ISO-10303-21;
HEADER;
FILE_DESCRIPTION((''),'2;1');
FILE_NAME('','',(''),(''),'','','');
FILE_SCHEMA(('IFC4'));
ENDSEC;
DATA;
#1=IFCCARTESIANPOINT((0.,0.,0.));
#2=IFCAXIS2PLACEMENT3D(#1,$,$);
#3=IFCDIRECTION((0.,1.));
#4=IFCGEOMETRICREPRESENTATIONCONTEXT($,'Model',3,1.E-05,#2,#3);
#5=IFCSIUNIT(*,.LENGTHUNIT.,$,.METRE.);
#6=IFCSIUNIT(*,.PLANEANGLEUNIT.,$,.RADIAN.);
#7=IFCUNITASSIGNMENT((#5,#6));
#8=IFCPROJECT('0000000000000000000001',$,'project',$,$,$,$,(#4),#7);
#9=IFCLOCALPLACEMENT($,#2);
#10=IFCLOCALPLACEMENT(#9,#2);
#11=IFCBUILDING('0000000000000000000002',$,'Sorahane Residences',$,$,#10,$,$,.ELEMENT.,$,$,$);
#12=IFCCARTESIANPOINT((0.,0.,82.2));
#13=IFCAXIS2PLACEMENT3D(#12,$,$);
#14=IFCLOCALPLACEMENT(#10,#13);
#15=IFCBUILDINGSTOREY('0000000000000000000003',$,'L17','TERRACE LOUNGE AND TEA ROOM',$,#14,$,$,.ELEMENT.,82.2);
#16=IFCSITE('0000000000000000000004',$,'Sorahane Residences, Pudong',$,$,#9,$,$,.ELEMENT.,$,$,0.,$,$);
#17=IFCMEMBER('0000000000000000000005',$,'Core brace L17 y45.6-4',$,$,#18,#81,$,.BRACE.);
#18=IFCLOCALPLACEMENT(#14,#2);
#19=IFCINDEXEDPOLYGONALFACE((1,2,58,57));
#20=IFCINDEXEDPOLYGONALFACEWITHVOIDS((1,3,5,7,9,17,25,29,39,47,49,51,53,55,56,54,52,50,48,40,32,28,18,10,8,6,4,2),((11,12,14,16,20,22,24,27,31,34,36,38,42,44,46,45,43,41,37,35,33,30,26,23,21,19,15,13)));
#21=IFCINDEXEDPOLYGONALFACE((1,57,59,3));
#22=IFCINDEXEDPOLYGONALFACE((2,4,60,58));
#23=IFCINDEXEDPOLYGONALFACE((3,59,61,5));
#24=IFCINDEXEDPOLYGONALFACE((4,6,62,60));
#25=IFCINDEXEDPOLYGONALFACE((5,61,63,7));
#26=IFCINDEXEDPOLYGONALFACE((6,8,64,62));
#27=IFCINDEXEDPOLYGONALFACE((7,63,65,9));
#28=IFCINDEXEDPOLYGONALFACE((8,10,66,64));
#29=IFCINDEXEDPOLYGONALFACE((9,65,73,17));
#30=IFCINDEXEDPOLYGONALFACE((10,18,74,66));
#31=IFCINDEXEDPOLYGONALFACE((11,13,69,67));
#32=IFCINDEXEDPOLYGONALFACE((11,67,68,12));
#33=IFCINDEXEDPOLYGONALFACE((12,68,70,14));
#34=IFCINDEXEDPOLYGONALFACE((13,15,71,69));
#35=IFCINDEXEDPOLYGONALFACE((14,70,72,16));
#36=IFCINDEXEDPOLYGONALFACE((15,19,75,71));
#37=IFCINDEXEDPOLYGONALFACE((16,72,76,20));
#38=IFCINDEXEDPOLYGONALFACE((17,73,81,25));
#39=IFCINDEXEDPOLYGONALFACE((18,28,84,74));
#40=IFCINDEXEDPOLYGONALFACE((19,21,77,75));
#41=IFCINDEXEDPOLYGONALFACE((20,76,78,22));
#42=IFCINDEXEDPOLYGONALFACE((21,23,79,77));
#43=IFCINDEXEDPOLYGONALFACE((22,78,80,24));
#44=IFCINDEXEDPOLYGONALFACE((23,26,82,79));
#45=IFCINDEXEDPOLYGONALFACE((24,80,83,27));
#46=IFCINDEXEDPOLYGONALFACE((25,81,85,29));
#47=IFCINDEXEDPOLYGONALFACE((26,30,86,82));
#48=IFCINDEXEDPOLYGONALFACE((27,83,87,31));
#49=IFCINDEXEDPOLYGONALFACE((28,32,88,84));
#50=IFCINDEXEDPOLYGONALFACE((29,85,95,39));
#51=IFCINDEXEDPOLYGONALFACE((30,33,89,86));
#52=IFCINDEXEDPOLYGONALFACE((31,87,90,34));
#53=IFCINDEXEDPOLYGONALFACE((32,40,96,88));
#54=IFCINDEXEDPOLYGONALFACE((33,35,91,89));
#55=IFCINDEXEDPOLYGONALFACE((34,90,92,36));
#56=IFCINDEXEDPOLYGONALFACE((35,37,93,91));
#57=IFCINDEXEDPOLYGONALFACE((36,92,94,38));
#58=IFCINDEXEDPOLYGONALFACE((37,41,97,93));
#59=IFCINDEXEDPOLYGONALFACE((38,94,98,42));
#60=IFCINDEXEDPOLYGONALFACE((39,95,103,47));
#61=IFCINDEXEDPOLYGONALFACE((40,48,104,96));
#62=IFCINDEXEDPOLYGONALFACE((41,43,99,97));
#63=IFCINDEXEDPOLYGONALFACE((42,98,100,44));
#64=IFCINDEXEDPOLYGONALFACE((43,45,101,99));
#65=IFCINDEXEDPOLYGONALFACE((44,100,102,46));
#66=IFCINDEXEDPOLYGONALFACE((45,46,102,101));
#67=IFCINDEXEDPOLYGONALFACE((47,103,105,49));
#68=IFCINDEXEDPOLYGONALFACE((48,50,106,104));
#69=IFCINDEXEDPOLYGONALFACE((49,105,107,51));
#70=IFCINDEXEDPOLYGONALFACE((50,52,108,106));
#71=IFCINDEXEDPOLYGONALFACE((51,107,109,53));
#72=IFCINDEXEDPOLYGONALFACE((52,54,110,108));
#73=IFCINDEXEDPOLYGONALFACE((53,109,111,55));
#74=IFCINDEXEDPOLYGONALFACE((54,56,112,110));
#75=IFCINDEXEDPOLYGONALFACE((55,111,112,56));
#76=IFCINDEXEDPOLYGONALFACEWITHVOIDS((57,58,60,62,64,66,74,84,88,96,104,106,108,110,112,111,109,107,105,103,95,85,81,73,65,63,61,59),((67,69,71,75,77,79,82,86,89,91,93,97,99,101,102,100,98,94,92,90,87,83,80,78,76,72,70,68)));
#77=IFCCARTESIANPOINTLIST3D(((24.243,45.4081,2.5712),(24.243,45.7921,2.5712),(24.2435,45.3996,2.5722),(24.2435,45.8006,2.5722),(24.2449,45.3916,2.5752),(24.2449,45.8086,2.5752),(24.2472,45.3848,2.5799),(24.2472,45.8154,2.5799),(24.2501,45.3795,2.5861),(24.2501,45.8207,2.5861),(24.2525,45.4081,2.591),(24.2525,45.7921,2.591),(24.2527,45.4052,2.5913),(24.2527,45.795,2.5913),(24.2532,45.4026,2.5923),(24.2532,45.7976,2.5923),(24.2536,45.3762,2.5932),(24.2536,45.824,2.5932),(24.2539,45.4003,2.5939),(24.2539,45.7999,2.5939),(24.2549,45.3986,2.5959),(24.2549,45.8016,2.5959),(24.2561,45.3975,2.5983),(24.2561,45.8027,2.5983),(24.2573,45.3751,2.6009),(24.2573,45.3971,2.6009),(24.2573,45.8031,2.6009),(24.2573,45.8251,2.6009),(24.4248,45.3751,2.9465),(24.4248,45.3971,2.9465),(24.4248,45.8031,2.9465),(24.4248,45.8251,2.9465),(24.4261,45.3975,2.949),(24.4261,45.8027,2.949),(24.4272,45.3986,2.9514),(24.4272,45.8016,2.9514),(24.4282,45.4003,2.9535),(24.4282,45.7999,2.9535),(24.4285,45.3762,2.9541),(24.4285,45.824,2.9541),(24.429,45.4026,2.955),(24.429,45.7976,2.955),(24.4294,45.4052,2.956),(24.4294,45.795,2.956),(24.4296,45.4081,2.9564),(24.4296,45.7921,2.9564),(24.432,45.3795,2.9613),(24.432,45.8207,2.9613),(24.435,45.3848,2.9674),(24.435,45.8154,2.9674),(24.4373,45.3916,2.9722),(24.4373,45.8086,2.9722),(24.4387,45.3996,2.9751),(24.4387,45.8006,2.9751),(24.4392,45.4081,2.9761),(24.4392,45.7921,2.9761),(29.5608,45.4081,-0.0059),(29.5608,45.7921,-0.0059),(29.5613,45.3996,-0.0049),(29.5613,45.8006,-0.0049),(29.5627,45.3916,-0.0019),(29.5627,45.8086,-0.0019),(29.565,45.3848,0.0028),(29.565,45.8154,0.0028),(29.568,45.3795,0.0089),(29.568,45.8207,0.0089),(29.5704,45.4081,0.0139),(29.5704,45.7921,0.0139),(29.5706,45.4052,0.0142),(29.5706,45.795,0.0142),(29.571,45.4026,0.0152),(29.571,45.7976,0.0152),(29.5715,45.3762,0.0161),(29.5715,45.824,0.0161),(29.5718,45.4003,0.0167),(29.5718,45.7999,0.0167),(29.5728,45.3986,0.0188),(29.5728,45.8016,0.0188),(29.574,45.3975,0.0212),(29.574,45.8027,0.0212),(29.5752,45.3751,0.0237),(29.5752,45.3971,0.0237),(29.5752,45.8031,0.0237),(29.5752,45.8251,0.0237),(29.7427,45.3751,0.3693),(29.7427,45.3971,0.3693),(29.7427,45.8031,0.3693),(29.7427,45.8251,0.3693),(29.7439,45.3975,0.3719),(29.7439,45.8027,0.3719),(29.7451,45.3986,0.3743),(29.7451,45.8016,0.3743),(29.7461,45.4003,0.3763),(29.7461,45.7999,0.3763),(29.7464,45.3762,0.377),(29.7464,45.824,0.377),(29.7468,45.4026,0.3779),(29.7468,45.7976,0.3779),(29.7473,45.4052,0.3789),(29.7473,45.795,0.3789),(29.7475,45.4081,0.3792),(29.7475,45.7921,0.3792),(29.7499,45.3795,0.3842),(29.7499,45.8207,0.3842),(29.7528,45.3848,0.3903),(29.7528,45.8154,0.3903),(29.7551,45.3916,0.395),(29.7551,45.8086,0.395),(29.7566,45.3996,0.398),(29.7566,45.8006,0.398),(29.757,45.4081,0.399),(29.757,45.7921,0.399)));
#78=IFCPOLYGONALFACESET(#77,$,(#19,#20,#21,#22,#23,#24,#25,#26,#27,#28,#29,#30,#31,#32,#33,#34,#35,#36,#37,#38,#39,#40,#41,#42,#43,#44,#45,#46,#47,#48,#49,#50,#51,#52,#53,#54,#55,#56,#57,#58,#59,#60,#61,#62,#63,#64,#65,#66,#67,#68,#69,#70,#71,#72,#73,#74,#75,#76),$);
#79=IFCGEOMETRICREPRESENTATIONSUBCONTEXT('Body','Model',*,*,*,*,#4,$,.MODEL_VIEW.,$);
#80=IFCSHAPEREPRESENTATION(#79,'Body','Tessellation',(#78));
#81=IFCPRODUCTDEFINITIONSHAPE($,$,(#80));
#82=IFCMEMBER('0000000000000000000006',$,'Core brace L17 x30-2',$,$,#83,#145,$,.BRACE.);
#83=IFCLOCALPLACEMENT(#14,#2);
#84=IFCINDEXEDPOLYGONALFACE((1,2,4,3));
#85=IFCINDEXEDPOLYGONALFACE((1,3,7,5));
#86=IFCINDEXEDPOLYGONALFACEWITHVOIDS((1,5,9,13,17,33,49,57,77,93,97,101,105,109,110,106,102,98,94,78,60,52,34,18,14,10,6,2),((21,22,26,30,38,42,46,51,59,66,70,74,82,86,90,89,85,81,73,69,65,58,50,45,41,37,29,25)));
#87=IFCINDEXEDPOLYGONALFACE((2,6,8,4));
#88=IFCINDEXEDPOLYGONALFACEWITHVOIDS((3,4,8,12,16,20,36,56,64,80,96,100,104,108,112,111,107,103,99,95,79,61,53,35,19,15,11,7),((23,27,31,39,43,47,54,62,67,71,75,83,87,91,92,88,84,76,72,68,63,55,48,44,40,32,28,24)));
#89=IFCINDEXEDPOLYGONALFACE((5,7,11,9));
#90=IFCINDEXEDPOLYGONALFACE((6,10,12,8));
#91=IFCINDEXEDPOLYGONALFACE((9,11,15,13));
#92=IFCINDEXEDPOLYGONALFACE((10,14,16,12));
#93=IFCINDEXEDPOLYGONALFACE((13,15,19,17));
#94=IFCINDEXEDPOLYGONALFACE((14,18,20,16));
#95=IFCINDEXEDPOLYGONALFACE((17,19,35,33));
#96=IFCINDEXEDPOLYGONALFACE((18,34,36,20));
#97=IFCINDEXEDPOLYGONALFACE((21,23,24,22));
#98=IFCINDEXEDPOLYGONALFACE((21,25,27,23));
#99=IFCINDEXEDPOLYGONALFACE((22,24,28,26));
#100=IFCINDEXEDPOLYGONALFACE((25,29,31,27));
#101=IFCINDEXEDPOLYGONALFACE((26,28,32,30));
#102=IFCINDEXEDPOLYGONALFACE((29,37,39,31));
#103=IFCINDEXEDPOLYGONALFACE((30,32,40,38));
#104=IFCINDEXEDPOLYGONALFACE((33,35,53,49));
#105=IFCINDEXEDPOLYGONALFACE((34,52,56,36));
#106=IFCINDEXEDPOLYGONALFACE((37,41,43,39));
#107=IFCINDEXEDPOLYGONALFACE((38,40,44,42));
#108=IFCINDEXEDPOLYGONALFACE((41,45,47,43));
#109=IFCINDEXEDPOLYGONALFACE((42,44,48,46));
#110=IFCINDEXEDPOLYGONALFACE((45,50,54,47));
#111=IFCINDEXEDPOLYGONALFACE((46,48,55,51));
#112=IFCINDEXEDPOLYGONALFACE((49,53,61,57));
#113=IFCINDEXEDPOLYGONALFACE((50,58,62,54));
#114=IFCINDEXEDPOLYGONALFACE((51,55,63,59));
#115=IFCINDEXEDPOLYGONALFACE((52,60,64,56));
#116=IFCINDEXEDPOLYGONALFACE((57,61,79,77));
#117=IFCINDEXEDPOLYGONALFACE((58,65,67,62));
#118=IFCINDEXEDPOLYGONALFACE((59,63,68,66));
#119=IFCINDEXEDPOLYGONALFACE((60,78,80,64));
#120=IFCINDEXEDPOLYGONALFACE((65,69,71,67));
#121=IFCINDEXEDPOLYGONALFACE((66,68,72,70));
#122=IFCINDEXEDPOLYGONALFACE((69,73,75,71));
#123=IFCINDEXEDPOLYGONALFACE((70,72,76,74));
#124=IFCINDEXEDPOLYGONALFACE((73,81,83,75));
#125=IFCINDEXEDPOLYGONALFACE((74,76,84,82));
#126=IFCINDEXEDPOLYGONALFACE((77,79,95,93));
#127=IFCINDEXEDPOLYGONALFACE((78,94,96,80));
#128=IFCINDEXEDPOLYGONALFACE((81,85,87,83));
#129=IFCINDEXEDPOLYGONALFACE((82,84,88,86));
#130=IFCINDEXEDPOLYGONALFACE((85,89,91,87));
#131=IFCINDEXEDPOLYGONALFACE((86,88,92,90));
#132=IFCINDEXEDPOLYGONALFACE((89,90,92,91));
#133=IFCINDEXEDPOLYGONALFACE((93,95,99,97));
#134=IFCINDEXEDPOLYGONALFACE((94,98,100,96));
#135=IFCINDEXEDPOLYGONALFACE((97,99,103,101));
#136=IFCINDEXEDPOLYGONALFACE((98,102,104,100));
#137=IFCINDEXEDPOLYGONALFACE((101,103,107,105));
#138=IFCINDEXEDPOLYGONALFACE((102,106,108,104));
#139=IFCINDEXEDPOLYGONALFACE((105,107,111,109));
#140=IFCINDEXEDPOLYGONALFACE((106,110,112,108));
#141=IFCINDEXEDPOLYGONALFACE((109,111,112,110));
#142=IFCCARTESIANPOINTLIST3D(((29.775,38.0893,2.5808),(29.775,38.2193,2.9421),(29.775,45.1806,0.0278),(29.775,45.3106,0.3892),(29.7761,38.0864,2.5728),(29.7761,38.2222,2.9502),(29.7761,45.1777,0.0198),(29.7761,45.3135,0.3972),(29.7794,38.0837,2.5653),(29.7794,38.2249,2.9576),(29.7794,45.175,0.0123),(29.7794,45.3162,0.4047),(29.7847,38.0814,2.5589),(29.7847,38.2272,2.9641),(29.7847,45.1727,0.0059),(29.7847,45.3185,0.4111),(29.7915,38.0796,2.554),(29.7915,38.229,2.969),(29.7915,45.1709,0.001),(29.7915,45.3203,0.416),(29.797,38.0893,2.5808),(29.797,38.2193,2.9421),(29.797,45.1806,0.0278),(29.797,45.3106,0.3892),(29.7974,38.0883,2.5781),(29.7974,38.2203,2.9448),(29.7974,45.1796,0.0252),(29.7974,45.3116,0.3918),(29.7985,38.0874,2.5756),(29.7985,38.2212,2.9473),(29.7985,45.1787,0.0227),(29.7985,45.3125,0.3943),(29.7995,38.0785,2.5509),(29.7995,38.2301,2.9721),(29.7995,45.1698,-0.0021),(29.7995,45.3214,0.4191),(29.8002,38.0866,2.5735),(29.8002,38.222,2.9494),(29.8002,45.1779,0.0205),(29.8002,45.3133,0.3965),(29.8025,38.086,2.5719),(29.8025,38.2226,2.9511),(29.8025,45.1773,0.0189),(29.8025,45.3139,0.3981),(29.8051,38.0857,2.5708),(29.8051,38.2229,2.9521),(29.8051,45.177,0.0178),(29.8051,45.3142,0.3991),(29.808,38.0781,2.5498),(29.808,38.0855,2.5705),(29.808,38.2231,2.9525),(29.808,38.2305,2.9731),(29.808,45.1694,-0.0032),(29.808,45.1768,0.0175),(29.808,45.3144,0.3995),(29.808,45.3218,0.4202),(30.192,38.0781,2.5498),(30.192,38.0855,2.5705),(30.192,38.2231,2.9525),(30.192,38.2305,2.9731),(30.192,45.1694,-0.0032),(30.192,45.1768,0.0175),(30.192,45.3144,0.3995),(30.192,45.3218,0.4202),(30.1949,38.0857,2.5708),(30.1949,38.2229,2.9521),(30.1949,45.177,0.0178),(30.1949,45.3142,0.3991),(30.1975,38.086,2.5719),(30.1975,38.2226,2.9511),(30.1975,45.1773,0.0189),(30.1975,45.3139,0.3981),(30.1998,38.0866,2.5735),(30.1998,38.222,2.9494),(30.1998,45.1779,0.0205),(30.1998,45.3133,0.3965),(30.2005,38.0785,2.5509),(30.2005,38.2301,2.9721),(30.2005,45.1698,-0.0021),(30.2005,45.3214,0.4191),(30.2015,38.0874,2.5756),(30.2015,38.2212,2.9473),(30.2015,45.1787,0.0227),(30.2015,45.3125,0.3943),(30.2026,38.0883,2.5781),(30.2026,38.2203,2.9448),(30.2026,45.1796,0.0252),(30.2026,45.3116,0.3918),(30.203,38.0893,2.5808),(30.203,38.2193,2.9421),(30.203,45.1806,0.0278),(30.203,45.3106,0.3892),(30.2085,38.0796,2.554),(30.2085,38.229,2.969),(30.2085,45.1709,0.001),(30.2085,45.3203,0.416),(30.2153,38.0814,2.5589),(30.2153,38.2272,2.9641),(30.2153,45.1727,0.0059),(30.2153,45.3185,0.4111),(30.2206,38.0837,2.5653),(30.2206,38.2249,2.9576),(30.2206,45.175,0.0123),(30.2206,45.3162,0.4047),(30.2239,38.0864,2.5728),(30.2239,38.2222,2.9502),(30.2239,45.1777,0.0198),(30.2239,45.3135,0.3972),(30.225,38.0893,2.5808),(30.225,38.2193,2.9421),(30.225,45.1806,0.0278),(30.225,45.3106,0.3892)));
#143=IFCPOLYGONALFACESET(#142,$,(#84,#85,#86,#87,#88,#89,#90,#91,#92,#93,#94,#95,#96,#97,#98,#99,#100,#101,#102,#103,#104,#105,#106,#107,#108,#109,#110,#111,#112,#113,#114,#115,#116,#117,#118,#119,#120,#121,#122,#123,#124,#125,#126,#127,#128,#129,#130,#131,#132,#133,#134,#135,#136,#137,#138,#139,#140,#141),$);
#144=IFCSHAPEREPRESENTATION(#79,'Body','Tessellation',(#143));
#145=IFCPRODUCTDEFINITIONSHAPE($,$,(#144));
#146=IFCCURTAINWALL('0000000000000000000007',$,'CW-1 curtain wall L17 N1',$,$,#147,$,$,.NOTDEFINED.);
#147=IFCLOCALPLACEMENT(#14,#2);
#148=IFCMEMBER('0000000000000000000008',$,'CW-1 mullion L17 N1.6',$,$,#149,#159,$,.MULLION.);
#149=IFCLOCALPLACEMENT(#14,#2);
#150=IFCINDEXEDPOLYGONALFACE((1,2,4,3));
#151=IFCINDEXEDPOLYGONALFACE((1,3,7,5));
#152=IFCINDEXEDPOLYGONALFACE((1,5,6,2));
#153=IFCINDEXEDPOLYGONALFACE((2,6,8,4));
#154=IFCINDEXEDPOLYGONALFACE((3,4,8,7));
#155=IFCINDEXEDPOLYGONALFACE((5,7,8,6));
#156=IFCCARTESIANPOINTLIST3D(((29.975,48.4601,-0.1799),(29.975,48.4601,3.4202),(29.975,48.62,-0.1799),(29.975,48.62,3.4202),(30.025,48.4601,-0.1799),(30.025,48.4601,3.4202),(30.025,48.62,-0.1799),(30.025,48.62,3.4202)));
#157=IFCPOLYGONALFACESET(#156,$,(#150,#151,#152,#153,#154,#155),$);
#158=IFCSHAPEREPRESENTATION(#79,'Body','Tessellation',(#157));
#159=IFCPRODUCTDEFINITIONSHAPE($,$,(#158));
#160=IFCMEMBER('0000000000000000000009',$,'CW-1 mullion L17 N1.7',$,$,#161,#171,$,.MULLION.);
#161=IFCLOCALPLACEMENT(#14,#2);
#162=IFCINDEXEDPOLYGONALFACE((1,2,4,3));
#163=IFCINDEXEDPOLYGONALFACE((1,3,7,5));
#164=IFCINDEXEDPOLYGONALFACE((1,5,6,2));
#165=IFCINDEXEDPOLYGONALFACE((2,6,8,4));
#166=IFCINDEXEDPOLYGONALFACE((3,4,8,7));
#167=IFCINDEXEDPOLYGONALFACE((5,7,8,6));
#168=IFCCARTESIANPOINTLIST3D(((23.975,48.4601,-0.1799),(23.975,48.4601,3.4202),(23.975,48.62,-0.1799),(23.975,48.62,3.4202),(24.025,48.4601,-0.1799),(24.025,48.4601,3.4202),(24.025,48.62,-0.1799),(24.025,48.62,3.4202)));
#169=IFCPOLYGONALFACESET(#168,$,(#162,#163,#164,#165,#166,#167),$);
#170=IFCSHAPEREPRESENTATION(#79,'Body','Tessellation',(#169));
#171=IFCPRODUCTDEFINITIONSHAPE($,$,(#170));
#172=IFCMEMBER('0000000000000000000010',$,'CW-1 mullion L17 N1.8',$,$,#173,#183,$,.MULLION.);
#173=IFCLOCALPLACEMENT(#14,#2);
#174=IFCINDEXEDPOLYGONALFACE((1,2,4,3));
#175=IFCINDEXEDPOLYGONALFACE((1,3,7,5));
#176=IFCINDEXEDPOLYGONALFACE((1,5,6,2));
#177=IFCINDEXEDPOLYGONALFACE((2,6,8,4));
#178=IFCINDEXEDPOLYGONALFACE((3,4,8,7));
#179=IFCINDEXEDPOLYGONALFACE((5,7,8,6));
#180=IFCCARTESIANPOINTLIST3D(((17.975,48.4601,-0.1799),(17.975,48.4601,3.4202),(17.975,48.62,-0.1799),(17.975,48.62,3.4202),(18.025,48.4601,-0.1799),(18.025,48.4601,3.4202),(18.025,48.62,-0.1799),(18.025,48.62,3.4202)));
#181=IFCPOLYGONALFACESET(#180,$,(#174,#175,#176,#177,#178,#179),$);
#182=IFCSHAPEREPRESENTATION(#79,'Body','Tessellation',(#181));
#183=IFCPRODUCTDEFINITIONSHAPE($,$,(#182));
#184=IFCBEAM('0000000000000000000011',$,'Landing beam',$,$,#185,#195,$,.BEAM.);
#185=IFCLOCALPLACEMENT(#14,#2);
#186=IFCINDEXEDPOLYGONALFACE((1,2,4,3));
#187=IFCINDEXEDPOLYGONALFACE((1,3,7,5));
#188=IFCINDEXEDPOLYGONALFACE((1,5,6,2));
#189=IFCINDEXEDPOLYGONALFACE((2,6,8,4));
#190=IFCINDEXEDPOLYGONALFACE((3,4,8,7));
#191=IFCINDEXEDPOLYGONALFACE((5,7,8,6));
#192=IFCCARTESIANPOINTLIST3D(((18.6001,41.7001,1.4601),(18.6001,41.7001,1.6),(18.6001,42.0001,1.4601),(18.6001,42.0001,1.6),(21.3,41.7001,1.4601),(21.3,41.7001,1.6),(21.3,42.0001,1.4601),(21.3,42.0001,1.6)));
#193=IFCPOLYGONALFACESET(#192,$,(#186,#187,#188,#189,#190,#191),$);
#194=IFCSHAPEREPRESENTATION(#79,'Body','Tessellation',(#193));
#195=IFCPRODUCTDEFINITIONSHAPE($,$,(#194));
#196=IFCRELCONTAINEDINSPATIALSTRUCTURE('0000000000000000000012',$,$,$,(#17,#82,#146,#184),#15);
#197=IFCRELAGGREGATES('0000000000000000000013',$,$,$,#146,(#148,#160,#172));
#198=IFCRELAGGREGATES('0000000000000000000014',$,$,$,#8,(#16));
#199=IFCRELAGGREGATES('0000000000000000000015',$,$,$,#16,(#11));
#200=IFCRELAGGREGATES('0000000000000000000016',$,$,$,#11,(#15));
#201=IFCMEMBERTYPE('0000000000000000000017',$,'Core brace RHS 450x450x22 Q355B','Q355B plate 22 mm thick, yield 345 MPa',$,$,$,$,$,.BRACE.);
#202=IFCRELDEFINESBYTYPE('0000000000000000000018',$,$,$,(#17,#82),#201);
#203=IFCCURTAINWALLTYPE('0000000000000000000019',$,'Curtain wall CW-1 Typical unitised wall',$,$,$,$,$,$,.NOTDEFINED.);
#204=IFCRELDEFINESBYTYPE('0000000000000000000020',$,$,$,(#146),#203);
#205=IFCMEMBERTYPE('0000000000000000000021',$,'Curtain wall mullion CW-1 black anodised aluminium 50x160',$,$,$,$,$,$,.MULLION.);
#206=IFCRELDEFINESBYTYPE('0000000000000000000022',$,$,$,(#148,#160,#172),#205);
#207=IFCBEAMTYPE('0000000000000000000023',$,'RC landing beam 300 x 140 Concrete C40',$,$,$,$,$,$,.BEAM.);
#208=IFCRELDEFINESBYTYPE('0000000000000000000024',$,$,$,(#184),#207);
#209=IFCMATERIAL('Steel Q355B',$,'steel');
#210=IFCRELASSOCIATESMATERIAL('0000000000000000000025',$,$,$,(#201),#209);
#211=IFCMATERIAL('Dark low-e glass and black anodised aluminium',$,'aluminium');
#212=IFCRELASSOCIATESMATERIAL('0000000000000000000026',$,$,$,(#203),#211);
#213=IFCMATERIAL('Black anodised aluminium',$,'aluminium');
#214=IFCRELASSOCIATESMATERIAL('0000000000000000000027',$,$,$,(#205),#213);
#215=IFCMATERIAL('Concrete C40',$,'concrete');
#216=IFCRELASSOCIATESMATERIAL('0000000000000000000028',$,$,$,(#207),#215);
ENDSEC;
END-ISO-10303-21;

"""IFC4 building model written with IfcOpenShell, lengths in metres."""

from ifc_helpers import new_model, si_unit, direction, frame, origin, origin_2d, place, context, subcontext, project, spatial, rectangle, hollow_rectangle, extrude, material, material_profile, profile_set, type_object, element, aggregate, save


model = new_model("IFC4")

# Units and contexts
model_context = context("Model", 3, precision=1e-05, world=origin(), true_north=direction((0.0, 1.0)))
body_context = subcontext(model_context, "Body", "Model", "MODEL_VIEW")
ifc_project = project(units=[si_unit("LENGTHUNIT", "METRE"), si_unit("PLANEANGLEUNIT", "RADIAN")], contexts=[model_context])

# Site, building, storey
site_placement = place(None, origin())
site = spatial("IfcSite", under=ifc_project, at=site_placement, Name="Sorahane Residences, Pudong", CompositionType="ELEMENT", RefElevation=0.0)
building_placement = place(site_placement, origin())
building = spatial("IfcBuilding", under=site, at=building_placement, Name="Sorahane Residences", CompositionType="ELEMENT")
storey_placement = place(building_placement, frame((0.0, 0.0, 82.2)))
storey = spatial("IfcBuildingStorey", under=building, at=storey_placement, Name="L17", Description="TERRACE LOUNGE AND TEA ROOM", CompositionType="ELEMENT", Elevation=82.2)

# Members
ifc_material_1 = material(Name="Steel Q355B", Category="steel")
ifc_material_profile_1 = material_profile(ifc_material_1, hollow_rectangle(XDim=0.45, YDim=0.45, WallThickness=0.022, InnerFilletRadius=0.011, OuterFilletRadius=0.033, at=origin_2d()), Name="RHS 450x450x22")
ifc_profile_set_1 = profile_set([ifc_material_profile_1], Name="Steel Q355B")
member_type_1 = type_object("IfcMemberType", Name="Core brace RHS 450x450x22 Q355B", Description="Q355B plate 22 mm thick, yield 345 MPa", PredefinedType="BRACE", material=ifc_profile_set_1)
for number, where, z_axis, x_axis, name in (
    (1, (29.6589, 45.6001, 0.1965), (-0.899895, 0.0, 0.436107), (0.0, -1.0, 0.0), "Core brace L17 y45.6-4"),
):
    element("IfcMember", number, at=place(storey_placement, frame(where, z_axis=z_axis, x_axis=x_axis)), inside=storey, type_object=member_type_1, Name=name, PredefinedType="BRACE", context=body_context, shape_type="SweptSolid", body=[
        extrude(hollow_rectangle(XDim=0.45, YDim=0.45, WallThickness=0.022, InnerFilletRadius=0.011, OuterFilletRadius=0.033, at=origin_2d()), origin(), (0.0, 0.0, 1.0), 5.9094),
    ])
member_1_placement = place(storey_placement, frame((30.0, 45.2456, 0.2085), z_axis=(0.0, -0.940883, 0.338732), x_axis=(1.0, 0.0, 0.0)))
element("IfcMember", 2, at=member_1_placement, inside=storey, type_object=member_type_1, Name="Core brace L17 x30-2", PredefinedType="BRACE", context=body_context, shape_type="SweptSolid", body=[
    extrude(hollow_rectangle(XDim=0.45, YDim=0.45, WallThickness=0.022, InnerFilletRadius=0.011, OuterFilletRadius=0.033, at=origin_2d()), origin(), (0.0, 0.0, 1.0), 7.5369),
])

# Curtain wall, members
ifc_material_2 = material(Name="Dark low-e glass and black anodised aluminium", Category="aluminium")
curtain_wall_type = type_object("IfcCurtainWallType", Name="Curtain wall CW-1 Typical unitised wall", PredefinedType="NOTDEFINED", material=ifc_material_2)
curtain_wall_placement = place(storey_placement, origin())
curtain_wall = element("IfcCurtainWall", 3, at=curtain_wall_placement, inside=storey, type_object=curtain_wall_type, Name="CW-1 curtain wall L17 N1", PredefinedType="NOTDEFINED")
ifc_material_3 = material(Name="Black anodised aluminium", Category="aluminium")
ifc_material_profile_2 = material_profile(ifc_material_3, rectangle(XDim=0.1599, YDim=0.05, at=origin_2d()), Name="Curtain wall mullion CW-1 black anodised aluminium 50x160")
ifc_profile_set_2 = profile_set([ifc_material_profile_2], Name="Black anodised aluminium")
member_type_2 = type_object("IfcMemberType", Name="Curtain wall mullion CW-1 black anodised aluminium 50x160", PredefinedType="MULLION", material=ifc_profile_set_2)
member_2_placement = place(storey_placement, frame((30.0, 48.54, -0.1799), z_axis=(0.0, 0.0, 1.0), x_axis=(0.0, 1.0, 0.0)))
member_2 = element("IfcMember", 4, at=member_2_placement, type_object=member_type_2, Name="CW-1 mullion L17 N1.6", PredefinedType="MULLION", context=body_context, shape_type="SweptSolid", body=[
    extrude(rectangle(XDim=0.1599, YDim=0.05, at=origin_2d()), origin(), (0.0, 0.0, 1.0), 3.6001),
])
member_3_placement = place(storey_placement, frame((24.0, 48.54, -0.1799), z_axis=(0.0, 0.0, 1.0), x_axis=(0.0, 1.0, 0.0)))
member_3 = element("IfcMember", 5, at=member_3_placement, type_object=member_type_2, Name="CW-1 mullion L17 N1.7", PredefinedType="MULLION", context=body_context, shape_type="SweptSolid", body=[
    extrude(rectangle(XDim=0.1599, YDim=0.05, at=origin_2d()), origin(), (0.0, 0.0, 1.0), 3.6001),
])
member_4_placement = place(storey_placement, frame((18.0, 48.54, -0.1799), z_axis=(0.0, 0.0, 1.0), x_axis=(0.0, 1.0, 0.0)))
member_4 = element("IfcMember", 6, at=member_4_placement, type_object=member_type_2, Name="CW-1 mullion L17 N1.8", PredefinedType="MULLION", context=body_context, shape_type="SweptSolid", body=[
    extrude(rectangle(XDim=0.1599, YDim=0.05, at=origin_2d()), origin(), (0.0, 0.0, 1.0), 3.6001),
])

# Beam
ifc_material_4 = material(Name="Concrete C40", Category="concrete")
ifc_material_profile_3 = material_profile(ifc_material_4, rectangle(XDim=0.3, YDim=0.1399, at=origin_2d()), Name="300x140")
ifc_profile_set_3 = profile_set([ifc_material_profile_3], Name="Concrete C40")
beam_type_1 = type_object("IfcBeamType", Name="RC landing beam 300 x 140 Concrete C40", PredefinedType="BEAM", material=ifc_profile_set_3)
for number, where, z_axis, x_axis, name in (
    (7, (18.6001, 41.8501, 1.53), (1.0, 0.0, 0.0), (0.0, 1.0, 0.0), "Landing beam"),
):
    element("IfcBeam", number, at=place(storey_placement, frame(where, z_axis=z_axis, x_axis=x_axis)), inside=storey, type_object=beam_type_1, Name=name, PredefinedType="BEAM", context=body_context, shape_type="SweptSolid", body=[
        extrude(rectangle(XDim=0.3, YDim=0.1399, at=origin_2d()), origin(), (0.0, 0.0, 1.0), 2.7),
    ])

aggregate(curtain_wall, [member_2, member_3, member_4])

save(model, "model.ifc")
